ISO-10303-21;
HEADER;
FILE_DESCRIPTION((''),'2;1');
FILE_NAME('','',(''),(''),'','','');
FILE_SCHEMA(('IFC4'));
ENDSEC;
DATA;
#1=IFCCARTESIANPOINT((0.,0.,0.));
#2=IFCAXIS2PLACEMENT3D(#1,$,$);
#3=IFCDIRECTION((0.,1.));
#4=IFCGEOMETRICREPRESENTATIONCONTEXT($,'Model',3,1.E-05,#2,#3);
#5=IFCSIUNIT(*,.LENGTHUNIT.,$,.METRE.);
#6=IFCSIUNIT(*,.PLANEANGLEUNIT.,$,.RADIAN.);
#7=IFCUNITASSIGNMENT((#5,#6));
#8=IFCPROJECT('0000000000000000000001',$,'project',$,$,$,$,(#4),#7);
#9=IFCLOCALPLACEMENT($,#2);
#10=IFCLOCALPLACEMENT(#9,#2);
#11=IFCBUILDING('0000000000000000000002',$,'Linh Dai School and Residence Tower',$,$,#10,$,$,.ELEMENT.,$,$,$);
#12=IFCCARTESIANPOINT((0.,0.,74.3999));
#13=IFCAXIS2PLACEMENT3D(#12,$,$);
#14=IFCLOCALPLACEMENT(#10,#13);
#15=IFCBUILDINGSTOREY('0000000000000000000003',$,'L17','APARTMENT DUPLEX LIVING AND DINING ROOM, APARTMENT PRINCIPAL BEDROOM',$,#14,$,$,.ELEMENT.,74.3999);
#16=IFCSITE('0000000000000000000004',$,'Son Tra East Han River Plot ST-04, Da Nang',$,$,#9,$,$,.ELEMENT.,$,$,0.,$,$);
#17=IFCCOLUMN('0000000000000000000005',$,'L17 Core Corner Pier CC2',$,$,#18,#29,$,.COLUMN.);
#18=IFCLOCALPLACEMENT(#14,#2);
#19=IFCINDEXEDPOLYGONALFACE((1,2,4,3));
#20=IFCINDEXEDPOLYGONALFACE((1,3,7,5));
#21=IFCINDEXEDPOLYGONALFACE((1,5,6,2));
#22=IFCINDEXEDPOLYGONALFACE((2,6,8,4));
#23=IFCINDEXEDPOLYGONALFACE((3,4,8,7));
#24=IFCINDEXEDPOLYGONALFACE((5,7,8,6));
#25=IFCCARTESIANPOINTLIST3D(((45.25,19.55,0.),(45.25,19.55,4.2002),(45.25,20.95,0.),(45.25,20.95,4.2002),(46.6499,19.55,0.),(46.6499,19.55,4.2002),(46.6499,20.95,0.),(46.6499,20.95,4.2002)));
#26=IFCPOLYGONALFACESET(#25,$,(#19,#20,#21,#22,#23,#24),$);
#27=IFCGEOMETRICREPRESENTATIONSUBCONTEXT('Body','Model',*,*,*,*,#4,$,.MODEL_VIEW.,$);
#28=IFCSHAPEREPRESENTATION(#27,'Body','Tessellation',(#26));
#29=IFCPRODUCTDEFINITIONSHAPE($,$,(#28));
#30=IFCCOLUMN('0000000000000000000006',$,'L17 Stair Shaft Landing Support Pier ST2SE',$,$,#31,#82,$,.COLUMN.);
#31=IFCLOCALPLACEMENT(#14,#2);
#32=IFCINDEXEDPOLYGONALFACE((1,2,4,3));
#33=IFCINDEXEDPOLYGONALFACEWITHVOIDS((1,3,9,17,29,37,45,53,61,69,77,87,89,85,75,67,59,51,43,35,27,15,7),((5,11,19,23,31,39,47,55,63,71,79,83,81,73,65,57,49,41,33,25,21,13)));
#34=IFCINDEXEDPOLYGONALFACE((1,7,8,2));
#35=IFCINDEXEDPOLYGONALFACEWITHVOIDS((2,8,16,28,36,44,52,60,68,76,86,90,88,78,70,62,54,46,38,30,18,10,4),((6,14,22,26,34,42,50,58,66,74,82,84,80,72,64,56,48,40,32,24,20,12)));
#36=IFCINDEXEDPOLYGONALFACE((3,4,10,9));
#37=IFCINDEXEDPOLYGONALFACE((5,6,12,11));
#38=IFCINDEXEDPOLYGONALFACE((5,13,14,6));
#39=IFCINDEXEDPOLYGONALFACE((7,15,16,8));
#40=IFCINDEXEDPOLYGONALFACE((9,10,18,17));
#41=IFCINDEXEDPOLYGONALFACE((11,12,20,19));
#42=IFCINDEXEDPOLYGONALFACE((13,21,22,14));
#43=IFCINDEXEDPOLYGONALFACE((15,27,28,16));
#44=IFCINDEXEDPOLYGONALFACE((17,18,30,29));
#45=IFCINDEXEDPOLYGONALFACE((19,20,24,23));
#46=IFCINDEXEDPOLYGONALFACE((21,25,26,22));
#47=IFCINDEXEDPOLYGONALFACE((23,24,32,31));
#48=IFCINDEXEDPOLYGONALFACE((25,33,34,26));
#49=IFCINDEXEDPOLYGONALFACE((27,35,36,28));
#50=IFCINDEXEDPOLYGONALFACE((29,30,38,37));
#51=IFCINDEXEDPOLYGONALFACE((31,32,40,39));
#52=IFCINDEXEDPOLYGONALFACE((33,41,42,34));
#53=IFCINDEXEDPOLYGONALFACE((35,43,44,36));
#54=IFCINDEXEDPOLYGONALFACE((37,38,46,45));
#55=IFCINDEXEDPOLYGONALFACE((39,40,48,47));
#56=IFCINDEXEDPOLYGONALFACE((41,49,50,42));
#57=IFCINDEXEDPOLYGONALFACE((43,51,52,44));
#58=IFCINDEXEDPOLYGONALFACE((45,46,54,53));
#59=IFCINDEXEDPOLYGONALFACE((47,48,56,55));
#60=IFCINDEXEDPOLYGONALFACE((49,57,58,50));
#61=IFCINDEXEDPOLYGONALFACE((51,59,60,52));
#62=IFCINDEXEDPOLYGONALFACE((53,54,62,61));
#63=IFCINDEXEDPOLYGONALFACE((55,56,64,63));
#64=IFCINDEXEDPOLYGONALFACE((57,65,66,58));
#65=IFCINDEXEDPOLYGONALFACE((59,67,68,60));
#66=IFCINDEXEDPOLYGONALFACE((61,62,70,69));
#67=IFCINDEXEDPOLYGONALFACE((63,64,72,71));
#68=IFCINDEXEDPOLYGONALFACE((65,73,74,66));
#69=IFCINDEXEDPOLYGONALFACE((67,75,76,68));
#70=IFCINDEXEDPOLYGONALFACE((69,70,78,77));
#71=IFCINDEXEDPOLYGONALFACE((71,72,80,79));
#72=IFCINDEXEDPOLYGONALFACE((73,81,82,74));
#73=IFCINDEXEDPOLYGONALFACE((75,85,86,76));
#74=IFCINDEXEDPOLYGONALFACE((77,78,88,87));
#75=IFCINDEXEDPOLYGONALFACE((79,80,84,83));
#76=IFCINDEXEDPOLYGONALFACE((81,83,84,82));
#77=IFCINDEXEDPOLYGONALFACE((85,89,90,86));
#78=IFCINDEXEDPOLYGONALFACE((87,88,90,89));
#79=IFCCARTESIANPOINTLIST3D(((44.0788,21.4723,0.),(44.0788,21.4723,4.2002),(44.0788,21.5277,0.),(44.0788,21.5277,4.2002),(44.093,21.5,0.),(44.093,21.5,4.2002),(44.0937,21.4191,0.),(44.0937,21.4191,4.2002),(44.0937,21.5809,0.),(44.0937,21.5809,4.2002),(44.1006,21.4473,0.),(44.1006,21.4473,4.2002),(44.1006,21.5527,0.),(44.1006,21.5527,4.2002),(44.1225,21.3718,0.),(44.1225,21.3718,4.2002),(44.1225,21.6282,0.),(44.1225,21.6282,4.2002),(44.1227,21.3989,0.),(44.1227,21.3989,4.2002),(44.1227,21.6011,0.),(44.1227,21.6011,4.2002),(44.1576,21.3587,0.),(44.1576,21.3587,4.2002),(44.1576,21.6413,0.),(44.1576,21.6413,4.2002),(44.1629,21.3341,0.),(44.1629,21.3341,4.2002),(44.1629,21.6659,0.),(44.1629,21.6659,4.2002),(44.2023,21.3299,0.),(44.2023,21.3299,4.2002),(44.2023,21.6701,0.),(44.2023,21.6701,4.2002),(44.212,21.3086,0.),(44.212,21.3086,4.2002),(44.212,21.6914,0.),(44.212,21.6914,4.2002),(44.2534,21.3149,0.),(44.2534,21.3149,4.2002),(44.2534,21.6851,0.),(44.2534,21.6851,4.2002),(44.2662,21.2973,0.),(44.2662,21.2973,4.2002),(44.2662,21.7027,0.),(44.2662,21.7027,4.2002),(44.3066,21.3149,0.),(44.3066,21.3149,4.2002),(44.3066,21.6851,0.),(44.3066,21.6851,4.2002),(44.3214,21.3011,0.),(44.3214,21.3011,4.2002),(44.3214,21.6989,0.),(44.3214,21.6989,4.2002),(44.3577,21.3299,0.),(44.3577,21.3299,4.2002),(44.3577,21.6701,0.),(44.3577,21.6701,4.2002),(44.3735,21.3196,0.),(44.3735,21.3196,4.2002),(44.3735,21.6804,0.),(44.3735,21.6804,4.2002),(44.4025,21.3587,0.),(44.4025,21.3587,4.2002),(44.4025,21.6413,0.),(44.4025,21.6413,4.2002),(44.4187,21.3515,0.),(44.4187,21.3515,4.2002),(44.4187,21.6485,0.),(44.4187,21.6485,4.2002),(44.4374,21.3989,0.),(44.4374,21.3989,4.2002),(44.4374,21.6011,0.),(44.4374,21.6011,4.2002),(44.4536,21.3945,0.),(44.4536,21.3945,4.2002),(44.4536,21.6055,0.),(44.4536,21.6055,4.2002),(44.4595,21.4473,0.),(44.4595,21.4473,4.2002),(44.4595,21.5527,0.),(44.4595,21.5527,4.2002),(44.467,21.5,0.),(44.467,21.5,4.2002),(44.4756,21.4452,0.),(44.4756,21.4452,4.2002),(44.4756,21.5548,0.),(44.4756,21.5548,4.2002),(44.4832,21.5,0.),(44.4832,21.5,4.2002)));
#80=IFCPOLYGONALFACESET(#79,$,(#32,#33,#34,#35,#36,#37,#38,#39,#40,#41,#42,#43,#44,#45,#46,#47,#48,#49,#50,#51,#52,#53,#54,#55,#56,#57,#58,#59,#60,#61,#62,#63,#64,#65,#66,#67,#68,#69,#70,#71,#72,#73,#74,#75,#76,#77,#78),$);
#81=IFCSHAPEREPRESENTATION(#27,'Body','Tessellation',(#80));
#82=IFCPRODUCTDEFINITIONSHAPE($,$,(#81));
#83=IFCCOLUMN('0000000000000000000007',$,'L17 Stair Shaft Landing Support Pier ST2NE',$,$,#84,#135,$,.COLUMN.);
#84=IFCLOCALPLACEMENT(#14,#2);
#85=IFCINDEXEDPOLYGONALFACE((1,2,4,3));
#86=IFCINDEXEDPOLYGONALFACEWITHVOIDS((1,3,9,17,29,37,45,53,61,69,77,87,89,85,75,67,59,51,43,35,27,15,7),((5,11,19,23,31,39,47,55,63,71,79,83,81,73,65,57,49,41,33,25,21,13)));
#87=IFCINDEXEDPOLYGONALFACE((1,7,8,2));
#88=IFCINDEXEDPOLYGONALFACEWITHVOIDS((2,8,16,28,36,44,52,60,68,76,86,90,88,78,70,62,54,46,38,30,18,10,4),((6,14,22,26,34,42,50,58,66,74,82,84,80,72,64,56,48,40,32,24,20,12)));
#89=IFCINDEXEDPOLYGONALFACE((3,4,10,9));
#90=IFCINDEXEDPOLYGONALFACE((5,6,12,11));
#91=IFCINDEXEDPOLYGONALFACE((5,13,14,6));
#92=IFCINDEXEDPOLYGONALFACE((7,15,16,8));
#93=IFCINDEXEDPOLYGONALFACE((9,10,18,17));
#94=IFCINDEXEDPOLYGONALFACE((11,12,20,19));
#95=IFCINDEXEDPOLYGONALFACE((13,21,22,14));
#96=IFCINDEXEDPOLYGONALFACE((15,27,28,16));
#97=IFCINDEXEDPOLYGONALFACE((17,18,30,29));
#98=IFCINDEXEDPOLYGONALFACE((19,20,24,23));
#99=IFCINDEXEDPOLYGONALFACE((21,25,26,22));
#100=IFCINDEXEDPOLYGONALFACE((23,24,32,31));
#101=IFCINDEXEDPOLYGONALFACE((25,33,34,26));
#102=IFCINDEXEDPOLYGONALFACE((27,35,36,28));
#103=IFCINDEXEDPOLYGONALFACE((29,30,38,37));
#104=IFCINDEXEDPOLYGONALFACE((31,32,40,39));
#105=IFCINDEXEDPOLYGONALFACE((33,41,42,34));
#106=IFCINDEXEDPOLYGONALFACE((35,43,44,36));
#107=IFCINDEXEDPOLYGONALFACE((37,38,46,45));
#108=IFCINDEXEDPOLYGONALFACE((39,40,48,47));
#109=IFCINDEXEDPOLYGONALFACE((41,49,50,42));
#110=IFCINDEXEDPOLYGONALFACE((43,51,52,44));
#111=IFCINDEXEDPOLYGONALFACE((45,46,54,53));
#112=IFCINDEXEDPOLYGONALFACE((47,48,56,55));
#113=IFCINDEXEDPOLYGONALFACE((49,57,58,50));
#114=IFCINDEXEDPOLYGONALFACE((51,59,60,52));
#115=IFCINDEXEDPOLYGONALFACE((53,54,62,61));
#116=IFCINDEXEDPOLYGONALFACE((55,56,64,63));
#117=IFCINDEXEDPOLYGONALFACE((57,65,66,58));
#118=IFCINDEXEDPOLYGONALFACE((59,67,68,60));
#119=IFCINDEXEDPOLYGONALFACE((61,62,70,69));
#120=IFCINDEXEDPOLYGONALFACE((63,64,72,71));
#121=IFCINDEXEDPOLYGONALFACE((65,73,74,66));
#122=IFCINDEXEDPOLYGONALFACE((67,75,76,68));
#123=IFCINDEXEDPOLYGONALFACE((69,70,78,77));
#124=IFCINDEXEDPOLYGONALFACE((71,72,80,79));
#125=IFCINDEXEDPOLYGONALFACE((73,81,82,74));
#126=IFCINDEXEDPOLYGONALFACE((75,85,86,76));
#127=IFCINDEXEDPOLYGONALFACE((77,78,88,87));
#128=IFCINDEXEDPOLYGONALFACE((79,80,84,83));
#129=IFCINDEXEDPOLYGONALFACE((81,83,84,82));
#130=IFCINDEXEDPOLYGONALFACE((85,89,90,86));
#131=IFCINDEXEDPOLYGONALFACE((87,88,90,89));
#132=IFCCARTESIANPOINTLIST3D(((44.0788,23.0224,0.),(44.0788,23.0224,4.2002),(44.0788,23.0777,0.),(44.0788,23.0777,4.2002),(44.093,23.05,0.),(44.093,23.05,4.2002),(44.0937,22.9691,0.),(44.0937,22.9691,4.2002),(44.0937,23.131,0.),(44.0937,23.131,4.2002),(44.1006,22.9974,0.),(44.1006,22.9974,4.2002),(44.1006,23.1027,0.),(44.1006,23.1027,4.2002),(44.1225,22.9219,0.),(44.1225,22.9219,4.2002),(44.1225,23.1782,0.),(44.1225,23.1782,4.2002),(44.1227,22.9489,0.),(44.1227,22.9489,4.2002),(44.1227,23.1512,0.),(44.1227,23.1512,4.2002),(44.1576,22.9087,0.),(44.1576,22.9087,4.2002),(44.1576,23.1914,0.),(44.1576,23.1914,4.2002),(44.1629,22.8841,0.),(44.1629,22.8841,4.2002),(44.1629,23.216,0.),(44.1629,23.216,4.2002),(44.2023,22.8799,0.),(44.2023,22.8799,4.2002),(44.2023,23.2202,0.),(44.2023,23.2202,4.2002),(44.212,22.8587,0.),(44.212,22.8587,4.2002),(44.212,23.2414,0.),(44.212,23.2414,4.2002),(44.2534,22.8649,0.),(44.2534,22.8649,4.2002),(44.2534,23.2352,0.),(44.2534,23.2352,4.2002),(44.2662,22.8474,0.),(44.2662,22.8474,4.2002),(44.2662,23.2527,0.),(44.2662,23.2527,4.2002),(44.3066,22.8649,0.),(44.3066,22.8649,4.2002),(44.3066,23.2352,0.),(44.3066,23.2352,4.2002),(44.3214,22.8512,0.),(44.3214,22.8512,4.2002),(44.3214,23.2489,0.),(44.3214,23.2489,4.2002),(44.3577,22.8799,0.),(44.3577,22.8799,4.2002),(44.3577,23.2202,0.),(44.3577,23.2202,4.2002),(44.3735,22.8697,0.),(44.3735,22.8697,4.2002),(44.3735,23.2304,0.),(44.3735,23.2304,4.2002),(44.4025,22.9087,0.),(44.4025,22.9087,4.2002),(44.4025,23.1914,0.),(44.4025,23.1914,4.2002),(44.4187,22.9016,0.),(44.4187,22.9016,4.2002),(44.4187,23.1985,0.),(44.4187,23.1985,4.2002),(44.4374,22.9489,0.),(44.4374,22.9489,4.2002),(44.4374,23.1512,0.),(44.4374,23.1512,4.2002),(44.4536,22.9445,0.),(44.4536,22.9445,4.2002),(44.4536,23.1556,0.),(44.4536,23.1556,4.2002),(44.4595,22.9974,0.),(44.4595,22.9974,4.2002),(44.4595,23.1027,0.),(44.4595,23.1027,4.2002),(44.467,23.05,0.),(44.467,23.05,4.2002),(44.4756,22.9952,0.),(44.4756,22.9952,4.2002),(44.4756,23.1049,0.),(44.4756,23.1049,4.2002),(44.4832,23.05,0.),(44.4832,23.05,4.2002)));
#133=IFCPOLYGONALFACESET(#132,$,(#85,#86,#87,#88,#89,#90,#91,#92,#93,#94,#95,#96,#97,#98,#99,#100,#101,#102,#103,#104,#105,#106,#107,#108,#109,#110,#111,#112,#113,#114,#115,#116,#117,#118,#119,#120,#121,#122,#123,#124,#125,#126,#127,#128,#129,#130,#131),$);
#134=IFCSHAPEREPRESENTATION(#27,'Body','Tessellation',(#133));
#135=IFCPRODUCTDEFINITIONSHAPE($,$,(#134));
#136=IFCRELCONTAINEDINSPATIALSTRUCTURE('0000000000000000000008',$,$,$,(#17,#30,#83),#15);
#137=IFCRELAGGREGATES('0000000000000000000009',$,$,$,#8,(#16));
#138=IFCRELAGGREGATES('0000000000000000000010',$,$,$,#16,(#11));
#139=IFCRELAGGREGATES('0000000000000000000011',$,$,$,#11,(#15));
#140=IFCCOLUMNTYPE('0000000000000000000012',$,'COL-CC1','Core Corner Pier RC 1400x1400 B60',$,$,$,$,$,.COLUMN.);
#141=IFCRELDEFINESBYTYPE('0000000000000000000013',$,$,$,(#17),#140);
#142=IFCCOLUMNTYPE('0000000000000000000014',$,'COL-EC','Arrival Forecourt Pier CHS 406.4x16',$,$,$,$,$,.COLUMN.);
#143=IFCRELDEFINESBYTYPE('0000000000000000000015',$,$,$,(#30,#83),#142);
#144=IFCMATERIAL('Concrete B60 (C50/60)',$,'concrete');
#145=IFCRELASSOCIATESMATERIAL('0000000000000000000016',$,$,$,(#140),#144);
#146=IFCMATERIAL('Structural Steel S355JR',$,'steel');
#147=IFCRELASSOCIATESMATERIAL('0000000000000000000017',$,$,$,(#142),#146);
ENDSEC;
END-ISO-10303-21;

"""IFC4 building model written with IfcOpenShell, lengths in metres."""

from ifc_helpers import new_model, si_unit, direction, frame, origin, origin_2d, place, context, subcontext, project, spatial, rectangle, hollow_circle, extrude, material, material_profile, profile_set, type_object, element, save


model = new_model("IFC4")

# Units and contexts
model_context = context("Model", 3, precision=1e-05, world=origin(), true_north=direction((0.0, 1.0)))
body_context = subcontext(model_context, "Body", "Model", "MODEL_VIEW")
ifc_project = project(units=[si_unit("LENGTHUNIT", "METRE"), si_unit("PLANEANGLEUNIT", "RADIAN")], contexts=[model_context])

# Site, building, storey
site_placement = place(None, origin())
site = spatial("IfcSite", under=ifc_project, at=site_placement, Name="Son Tra East Han River Plot ST-04, Da Nang", CompositionType="ELEMENT", RefElevation=0.0)
building_placement = place(site_placement, origin())
building = spatial("IfcBuilding", under=site, at=building_placement, Name="Linh Dai School and Residence Tower", CompositionType="ELEMENT")
storey_placement = place(building_placement, frame((0.0, 0.0, 74.3999)))
storey = spatial("IfcBuildingStorey", under=building, at=storey_placement, Name="L17", Description="APARTMENT DUPLEX LIVING AND DINING ROOM, APARTMENT PRINCIPAL BEDROOM", CompositionType="ELEMENT", Elevation=74.3999)

# Columns
ifc_material_1 = material(Name="Concrete B60 (C50/60)", Category="concrete")
ifc_material_profile_1 = material_profile(ifc_material_1, rectangle(XDim=1.3999, YDim=1.3999, at=origin_2d()), Name="RC 1400x1400")
ifc_profile_set_1 = profile_set([ifc_material_profile_1], Name="Concrete B60 (C50/60)")
column_type_1 = type_object("IfcColumnType", Name="COL-CC1", Description="Core Corner Pier RC 1400x1400 B60", PredefinedType="COLUMN", material=ifc_profile_set_1)
column_1_placement = place(storey_placement, frame((45.95, 20.25, 0.0), z_axis=(0.0, 0.0, 1.0), x_axis=(1.0, 0.0, 0.0)))
element("IfcColumn", 1, at=column_1_placement, inside=storey, type_object=column_type_1, Name="L17 Core Corner Pier CC2", PredefinedType="COLUMN", context=body_context, shape_type="SweptSolid", body=[
    extrude(rectangle(XDim=1.3999, YDim=1.3999, at=origin_2d()), origin(), (0.0, 0.0, 1.0), 4.2002),
])
ifc_material_2 = material(Name="Structural Steel S355JR", Category="steel")
ifc_material_profile_2 = material_profile(ifc_material_2, hollow_circle(Radius=0.2031, WallThickness=0.0161, at=origin_2d()), Name="CHS 406.4x16")
ifc_profile_set_2 = profile_set([ifc_material_profile_2], Name="Structural Steel S355JR")
column_type_2 = type_object("IfcColumnType", Name="COL-EC", Description="Arrival Forecourt Pier CHS 406.4x16", PredefinedType="COLUMN", material=ifc_profile_set_2)
for number, where, z_axis, x_axis, name in (
    (2, (44.28, 21.5, 0.0), (0.0, 0.0, 1.0), (1.0, 0.0, 0.0), "L17 Stair Shaft Landing Support Pier ST2SE"),
    (3, (44.28, 23.05, 0.0), (0.0, 0.0, 1.0), (1.0, 0.0, 0.0), "L17 Stair Shaft Landing Support Pier ST2NE"),
):
    element("IfcColumn", number, at=place(storey_placement, frame(where, z_axis=z_axis, x_axis=x_axis)), inside=storey, type_object=column_type_2, Name=name, PredefinedType="COLUMN", context=body_context, shape_type="SweptSolid", body=[
        extrude(hollow_circle(Radius=0.2031, WallThickness=0.0161, at=origin_2d()), origin(), (0.0, 0.0, 1.0), 4.2002),
    ])

save(model, "model.ifc")
